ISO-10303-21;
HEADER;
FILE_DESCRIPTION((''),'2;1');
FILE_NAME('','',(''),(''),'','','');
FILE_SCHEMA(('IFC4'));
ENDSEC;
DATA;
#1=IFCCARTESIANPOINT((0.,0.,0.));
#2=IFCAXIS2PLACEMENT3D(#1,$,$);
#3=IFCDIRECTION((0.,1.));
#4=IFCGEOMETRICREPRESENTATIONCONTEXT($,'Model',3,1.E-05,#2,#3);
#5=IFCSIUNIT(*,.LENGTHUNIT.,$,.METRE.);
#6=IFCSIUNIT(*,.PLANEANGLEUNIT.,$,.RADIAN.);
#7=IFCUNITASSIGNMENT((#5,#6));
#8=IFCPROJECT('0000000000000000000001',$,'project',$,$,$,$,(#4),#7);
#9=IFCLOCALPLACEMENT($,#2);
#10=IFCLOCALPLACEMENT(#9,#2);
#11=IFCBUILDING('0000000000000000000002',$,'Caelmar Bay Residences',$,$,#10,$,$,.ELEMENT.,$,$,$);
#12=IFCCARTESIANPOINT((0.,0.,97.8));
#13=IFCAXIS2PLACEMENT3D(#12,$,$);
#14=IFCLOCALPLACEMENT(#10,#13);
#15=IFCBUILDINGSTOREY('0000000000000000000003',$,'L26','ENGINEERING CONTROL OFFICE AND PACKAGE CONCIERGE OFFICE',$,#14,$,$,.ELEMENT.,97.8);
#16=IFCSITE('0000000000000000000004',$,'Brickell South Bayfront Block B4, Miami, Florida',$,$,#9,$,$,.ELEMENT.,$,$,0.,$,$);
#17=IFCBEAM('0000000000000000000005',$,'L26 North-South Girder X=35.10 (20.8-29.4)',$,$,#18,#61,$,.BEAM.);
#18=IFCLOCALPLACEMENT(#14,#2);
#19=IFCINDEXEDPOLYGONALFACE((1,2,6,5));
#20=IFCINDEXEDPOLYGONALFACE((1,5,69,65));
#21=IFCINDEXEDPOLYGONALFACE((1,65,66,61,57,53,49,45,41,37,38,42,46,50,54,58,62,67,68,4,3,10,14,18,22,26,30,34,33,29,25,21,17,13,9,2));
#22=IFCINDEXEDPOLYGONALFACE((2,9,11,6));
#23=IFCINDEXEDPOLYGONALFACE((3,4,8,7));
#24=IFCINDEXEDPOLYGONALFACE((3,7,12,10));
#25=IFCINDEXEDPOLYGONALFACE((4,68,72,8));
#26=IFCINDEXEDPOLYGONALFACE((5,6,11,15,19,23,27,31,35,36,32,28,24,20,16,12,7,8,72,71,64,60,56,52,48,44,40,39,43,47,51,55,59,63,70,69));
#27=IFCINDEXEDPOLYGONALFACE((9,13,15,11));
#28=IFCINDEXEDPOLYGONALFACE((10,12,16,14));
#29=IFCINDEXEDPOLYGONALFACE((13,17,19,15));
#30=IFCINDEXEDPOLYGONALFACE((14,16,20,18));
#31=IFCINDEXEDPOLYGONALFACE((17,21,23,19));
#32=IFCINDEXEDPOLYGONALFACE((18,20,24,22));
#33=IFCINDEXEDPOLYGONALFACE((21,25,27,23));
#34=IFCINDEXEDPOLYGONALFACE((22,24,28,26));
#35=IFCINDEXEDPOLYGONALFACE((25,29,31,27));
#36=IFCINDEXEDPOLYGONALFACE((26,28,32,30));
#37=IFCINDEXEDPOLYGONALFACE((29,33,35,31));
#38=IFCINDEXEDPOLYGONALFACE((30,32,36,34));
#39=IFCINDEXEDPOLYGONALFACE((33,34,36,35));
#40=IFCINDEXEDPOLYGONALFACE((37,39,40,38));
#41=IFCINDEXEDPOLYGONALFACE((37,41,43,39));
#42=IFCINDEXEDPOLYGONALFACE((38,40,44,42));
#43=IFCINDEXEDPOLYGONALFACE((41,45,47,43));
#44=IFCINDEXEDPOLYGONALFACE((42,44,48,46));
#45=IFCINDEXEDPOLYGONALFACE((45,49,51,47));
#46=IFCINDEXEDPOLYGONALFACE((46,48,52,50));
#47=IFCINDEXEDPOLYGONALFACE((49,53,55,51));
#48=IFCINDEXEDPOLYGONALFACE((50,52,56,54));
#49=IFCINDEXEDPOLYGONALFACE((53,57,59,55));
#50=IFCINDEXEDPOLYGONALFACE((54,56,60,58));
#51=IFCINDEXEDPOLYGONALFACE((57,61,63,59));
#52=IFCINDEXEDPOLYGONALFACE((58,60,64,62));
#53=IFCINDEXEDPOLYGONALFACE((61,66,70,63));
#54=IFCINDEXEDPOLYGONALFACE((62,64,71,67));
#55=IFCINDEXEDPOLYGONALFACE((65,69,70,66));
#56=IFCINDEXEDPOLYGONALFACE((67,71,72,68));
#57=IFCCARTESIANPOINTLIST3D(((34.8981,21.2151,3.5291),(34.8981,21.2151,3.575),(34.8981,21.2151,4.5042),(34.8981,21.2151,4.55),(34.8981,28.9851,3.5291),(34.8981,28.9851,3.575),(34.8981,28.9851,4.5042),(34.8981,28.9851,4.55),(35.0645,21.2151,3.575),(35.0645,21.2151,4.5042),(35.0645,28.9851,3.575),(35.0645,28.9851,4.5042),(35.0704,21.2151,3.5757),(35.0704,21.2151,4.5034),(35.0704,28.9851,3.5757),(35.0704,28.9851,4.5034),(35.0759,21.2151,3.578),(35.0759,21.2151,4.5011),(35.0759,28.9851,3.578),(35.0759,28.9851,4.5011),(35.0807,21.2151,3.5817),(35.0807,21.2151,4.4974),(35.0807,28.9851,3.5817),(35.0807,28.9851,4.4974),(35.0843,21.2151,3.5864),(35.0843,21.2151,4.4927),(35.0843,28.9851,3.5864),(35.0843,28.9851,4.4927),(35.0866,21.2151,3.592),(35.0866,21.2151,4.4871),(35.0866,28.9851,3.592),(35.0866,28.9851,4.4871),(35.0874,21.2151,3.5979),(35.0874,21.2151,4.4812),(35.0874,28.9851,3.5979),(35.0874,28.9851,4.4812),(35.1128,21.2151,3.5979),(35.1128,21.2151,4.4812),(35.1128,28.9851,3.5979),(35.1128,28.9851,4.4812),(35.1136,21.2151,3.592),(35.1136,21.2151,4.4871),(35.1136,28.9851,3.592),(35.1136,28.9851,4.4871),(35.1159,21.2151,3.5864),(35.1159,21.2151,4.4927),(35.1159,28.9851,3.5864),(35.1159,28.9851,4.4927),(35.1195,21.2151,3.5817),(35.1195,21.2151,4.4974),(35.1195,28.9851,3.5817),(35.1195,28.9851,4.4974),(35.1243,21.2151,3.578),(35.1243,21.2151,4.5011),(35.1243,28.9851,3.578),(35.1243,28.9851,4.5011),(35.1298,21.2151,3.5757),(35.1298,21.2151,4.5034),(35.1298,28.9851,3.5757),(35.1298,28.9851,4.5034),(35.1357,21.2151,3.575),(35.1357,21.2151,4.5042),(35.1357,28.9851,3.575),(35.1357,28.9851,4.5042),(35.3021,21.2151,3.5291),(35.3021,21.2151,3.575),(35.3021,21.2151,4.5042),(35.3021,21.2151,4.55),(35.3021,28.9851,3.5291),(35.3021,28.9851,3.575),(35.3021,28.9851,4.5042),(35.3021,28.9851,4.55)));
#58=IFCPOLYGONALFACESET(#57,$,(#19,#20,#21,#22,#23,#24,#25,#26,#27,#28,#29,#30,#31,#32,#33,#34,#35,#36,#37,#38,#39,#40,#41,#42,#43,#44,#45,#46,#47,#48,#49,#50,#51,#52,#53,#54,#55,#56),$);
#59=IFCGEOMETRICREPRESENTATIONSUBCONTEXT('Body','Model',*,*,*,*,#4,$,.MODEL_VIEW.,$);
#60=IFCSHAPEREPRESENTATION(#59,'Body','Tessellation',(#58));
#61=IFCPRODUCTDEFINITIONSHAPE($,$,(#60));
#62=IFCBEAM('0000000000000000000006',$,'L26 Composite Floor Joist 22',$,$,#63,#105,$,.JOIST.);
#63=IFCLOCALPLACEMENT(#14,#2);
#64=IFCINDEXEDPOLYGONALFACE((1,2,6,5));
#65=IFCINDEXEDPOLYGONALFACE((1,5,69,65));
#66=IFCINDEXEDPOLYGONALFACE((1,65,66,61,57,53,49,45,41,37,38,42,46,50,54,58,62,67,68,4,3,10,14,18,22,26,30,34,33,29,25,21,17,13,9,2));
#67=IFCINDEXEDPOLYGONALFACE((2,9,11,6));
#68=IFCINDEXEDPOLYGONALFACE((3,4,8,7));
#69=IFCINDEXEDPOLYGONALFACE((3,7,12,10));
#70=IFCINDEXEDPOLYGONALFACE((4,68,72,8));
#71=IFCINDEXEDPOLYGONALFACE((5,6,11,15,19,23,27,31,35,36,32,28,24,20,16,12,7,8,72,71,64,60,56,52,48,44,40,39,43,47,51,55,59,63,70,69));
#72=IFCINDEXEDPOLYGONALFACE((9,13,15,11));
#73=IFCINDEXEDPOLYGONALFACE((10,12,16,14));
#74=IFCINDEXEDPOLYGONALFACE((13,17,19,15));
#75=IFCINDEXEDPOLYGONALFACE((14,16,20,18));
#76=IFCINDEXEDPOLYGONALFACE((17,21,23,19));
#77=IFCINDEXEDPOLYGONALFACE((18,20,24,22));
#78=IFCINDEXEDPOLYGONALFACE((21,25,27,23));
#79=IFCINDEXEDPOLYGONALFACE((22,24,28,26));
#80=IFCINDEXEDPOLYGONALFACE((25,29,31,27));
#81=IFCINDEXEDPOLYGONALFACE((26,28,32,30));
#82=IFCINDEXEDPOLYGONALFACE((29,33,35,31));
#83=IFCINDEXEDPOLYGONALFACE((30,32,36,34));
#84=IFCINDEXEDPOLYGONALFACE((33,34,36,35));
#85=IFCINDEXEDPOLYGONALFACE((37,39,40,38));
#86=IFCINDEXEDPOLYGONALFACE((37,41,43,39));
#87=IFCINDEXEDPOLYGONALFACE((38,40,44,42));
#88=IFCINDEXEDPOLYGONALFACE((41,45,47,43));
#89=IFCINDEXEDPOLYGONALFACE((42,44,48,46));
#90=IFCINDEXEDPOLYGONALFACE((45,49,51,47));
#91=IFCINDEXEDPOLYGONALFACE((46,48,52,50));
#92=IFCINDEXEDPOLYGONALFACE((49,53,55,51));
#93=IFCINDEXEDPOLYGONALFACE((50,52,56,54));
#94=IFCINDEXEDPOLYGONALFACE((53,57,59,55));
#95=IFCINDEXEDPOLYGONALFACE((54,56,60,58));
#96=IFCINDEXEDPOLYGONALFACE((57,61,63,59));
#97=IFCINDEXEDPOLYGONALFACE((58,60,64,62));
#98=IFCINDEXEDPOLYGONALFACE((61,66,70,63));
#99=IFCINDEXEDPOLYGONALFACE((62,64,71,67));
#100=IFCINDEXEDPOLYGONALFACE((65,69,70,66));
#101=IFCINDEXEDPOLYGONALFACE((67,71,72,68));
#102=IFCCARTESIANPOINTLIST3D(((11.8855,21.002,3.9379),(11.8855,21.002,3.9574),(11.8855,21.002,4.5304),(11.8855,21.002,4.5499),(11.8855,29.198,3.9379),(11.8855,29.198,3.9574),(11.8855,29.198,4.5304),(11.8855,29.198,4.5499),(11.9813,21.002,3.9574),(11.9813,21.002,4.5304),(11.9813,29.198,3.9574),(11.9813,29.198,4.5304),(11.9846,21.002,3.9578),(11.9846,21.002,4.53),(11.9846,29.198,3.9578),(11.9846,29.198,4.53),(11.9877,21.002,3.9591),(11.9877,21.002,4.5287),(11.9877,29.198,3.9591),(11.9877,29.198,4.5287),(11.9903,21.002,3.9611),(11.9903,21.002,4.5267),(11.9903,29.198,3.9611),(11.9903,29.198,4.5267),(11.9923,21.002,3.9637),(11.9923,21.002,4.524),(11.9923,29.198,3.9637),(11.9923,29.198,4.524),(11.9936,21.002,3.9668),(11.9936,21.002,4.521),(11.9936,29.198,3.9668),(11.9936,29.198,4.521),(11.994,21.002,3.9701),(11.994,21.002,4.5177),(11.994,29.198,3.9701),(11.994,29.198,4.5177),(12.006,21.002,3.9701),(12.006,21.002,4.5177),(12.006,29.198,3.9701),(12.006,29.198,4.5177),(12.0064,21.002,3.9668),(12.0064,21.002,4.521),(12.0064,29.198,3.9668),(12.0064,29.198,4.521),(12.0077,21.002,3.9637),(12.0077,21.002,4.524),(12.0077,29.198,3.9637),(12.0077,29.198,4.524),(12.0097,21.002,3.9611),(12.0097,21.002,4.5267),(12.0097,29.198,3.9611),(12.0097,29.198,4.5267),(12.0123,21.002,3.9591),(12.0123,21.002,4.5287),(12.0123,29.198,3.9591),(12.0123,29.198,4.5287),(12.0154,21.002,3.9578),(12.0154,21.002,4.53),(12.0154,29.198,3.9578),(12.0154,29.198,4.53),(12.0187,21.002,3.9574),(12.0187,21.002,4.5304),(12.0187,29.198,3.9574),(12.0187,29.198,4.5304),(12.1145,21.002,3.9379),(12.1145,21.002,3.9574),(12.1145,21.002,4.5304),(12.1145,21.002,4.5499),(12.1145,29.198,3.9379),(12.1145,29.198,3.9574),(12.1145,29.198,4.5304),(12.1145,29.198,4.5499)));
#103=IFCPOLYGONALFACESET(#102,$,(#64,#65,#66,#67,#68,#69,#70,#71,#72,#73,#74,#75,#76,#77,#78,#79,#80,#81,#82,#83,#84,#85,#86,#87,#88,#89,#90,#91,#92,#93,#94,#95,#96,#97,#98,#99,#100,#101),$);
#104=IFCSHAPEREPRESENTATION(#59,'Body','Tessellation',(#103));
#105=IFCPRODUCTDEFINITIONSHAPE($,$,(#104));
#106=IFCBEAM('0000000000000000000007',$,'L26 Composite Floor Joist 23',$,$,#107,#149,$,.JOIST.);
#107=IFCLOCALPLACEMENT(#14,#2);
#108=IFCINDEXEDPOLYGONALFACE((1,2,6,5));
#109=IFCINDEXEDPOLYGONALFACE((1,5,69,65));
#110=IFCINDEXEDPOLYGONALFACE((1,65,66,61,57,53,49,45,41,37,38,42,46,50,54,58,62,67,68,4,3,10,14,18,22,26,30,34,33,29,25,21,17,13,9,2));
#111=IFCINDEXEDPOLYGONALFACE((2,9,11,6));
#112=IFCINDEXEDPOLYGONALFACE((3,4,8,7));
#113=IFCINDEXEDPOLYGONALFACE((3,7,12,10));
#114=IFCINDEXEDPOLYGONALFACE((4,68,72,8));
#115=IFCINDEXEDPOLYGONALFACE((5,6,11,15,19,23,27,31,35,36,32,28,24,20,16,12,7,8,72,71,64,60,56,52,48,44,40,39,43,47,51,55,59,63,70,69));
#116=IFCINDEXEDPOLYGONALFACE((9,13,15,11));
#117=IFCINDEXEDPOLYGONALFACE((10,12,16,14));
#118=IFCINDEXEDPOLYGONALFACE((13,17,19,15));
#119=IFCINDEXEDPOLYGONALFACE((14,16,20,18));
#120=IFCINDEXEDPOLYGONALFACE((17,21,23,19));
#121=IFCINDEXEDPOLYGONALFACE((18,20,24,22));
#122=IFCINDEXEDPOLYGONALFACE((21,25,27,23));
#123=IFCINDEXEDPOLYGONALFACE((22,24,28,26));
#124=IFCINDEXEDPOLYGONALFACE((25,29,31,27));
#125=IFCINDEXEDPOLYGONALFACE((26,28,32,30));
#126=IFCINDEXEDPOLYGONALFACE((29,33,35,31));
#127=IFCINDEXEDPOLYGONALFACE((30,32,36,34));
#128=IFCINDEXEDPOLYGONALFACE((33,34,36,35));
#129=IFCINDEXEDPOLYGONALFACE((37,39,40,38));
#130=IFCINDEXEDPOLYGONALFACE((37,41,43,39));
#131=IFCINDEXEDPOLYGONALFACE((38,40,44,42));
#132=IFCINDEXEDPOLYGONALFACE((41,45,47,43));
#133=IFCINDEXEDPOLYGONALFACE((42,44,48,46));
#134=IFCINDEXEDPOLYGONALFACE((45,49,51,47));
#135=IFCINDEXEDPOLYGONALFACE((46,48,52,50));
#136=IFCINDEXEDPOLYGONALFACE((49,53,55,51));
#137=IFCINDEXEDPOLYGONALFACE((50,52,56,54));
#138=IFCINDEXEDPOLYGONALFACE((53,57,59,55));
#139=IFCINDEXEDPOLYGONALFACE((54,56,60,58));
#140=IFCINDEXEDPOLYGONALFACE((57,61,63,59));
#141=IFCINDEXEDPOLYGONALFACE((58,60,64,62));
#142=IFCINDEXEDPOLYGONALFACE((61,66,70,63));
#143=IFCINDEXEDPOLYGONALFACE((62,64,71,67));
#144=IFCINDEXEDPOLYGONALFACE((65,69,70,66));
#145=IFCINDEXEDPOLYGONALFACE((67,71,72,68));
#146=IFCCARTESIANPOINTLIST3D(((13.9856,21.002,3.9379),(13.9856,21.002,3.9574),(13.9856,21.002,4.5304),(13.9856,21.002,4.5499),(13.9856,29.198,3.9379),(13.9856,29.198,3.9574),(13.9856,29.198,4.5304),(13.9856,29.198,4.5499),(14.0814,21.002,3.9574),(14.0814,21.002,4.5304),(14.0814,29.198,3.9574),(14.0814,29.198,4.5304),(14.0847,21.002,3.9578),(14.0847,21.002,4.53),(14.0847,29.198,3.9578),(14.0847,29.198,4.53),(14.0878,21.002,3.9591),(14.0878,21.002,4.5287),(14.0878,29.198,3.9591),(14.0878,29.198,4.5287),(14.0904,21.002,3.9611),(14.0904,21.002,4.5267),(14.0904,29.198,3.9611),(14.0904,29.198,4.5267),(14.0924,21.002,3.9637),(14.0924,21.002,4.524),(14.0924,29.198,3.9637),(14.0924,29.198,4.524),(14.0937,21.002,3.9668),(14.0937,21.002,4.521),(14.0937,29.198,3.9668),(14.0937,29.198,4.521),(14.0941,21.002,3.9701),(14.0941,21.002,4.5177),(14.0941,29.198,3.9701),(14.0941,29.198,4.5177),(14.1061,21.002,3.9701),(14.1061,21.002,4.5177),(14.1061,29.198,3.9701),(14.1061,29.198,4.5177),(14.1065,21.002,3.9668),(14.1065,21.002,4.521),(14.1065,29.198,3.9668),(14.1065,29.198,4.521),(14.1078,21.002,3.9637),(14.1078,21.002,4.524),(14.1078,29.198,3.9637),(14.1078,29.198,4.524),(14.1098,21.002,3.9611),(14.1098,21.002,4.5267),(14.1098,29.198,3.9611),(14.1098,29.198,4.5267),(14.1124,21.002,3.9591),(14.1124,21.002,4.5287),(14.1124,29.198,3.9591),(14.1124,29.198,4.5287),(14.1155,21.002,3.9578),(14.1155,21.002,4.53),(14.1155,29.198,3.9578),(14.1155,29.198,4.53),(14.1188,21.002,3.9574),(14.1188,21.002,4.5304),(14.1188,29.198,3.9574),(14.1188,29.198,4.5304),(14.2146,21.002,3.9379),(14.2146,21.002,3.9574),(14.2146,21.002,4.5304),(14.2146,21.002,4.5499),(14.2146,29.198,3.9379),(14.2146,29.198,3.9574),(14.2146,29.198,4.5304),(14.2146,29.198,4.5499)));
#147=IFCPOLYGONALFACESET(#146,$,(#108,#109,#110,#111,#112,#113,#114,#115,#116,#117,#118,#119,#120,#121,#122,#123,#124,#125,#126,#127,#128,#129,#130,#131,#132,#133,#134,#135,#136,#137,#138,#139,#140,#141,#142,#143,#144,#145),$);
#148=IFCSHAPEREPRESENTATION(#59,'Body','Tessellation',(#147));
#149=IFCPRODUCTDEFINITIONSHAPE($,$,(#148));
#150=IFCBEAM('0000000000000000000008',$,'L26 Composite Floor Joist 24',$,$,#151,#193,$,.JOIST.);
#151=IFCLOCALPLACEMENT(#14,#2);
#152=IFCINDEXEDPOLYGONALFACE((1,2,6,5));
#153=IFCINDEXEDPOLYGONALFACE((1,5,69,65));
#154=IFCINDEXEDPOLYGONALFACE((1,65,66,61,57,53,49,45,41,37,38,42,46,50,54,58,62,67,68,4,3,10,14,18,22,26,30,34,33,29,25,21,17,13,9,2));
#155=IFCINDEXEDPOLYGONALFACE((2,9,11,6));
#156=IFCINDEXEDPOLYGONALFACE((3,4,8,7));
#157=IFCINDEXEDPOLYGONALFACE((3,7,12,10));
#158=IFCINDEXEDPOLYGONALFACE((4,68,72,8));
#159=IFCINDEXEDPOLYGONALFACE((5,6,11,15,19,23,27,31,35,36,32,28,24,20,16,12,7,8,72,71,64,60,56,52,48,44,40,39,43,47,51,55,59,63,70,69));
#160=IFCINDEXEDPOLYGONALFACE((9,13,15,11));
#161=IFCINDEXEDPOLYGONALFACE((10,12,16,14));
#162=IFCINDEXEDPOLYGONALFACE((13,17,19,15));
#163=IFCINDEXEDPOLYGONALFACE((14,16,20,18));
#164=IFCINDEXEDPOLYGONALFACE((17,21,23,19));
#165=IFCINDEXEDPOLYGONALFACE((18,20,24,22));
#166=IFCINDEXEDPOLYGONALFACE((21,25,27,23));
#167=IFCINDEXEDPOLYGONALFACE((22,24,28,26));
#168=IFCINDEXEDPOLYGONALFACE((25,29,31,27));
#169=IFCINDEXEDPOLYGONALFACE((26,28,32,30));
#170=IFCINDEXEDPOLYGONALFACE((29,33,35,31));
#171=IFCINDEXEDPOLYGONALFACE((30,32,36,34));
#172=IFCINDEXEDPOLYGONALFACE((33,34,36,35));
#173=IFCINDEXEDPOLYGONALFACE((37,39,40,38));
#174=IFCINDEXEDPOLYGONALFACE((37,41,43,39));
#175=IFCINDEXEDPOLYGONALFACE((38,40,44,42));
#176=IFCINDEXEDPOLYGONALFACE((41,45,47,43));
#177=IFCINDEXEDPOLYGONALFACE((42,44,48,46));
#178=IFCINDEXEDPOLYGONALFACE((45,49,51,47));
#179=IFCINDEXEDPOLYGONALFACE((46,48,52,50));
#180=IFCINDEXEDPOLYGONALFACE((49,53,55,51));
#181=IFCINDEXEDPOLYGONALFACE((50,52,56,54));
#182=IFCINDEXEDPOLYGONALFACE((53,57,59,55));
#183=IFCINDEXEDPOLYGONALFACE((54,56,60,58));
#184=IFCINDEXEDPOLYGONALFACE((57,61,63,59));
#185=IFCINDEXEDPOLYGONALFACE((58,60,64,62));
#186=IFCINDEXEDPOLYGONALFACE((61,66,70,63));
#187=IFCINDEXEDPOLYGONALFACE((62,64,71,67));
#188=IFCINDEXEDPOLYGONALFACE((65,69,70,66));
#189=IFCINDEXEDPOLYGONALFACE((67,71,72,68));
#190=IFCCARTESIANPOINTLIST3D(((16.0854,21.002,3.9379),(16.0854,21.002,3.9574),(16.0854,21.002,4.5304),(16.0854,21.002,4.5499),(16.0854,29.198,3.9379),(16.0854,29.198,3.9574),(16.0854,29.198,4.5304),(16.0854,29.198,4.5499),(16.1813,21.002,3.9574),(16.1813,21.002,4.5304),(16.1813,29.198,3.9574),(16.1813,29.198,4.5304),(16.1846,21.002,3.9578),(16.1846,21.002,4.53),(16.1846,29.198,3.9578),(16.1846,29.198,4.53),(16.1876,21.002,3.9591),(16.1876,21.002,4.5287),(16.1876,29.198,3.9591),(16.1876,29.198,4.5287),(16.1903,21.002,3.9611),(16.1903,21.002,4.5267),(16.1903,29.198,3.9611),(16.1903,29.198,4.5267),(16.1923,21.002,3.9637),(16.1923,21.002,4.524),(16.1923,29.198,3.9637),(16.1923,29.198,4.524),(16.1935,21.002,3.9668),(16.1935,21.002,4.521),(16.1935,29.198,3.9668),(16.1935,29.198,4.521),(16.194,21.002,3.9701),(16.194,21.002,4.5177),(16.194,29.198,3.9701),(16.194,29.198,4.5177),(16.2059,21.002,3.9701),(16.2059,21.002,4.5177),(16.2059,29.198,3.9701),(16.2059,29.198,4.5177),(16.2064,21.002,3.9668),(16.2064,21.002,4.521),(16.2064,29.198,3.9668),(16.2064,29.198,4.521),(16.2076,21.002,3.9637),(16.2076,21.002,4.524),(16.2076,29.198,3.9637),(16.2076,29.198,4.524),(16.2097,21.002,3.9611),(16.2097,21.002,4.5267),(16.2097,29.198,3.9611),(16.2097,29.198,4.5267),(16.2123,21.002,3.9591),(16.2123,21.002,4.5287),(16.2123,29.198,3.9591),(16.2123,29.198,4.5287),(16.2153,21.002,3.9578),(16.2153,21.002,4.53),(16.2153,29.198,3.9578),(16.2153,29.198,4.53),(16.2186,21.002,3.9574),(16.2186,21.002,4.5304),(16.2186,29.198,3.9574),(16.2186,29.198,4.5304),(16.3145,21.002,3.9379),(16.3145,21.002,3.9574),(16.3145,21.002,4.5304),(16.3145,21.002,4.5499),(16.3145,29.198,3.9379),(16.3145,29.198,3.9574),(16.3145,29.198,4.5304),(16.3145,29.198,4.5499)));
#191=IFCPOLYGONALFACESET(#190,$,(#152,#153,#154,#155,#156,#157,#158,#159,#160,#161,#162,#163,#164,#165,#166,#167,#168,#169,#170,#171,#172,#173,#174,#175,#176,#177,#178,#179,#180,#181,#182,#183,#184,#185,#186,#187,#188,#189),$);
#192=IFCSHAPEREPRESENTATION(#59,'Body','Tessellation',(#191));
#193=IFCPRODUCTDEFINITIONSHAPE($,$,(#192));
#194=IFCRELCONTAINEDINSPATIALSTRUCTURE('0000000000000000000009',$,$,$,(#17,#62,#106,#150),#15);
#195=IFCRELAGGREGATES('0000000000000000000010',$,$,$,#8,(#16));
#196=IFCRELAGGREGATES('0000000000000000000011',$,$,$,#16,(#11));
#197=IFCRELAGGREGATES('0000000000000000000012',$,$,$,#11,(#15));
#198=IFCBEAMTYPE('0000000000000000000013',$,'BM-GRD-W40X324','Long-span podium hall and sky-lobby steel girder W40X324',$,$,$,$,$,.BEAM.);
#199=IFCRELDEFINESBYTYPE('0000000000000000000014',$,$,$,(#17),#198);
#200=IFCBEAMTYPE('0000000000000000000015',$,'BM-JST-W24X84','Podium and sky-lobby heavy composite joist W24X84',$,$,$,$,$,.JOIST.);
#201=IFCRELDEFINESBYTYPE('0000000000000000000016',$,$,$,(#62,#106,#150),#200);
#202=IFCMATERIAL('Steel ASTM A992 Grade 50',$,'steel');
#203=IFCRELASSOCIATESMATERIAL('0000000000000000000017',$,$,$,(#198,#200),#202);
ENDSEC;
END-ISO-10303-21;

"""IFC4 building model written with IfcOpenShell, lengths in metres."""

from ifc_helpers import new_model, si_unit, direction, frame, origin, origin_2d, place, context, subcontext, project, spatial, i_section, extrude, material, material_profile, profile_set, type_object, element, save


model = new_model("IFC4")

# Units and contexts
model_context = context("Model", 3, precision=1e-05, world=origin(), true_north=direction((0.0, 1.0)))
body_context = subcontext(model_context, "Body", "Model", "MODEL_VIEW")
ifc_project = project(units=[si_unit("LENGTHUNIT", "METRE"), si_unit("PLANEANGLEUNIT", "RADIAN")], contexts=[model_context])

# Site, building, storey
site_placement = place(None, origin())
site = spatial("IfcSite", under=ifc_project, at=site_placement, Name="Brickell South Bayfront Block B4, Miami, Florida", CompositionType="ELEMENT", RefElevation=0.0)
building_placement = place(site_placement, origin())
building = spatial("IfcBuilding", under=site, at=building_placement, Name="Caelmar Bay Residences", CompositionType="ELEMENT")
storey_placement = place(building_placement, frame((0.0, 0.0, 97.8)))
storey = spatial("IfcBuildingStorey", under=building, at=storey_placement, Name="L26", Description="ENGINEERING CONTROL OFFICE AND PACKAGE CONCIERGE OFFICE", CompositionType="ELEMENT", Elevation=97.8)

# Beams
ifc_material_1 = material(Name="Steel ASTM A992 Grade 50", Category="steel")
ifc_material_profile_1 = material_profile(ifc_material_1, i_section(OverallWidth=0.4041, OverallDepth=1.021, WebThickness=0.0254, FlangeThickness=0.0459, FilletRadius=0.0229, at=origin_2d()), Name="W40X324")
ifc_profile_set_1 = profile_set([ifc_material_profile_1], Name="Steel ASTM A992 Grade 50")
beam_type_1 = type_object("IfcBeamType", Name="BM-GRD-W40X324", Description="Long-span podium hall and sky-lobby steel girder W40X324", PredefinedType="BEAM", material=ifc_profile_set_1)
for number, where, z_axis, x_axis, name in (
    (1, (35.1001, 21.2151, 4.0396), (0.0, 1.0, 0.0), (-1.0, 0.0, 0.0), "L26 North-South Girder X=35.10 (20.8-29.4)"),
):
    element("IfcBeam", number, at=place(storey_placement, frame(where, z_axis=z_axis, x_axis=x_axis)), inside=storey, type_object=beam_type_1, Name=name, PredefinedType="BEAM", context=body_context, shape_type="SweptSolid", body=[
        extrude(i_section(OverallWidth=0.4041, OverallDepth=1.021, WebThickness=0.0254, FlangeThickness=0.0459, FilletRadius=0.0229, at=origin_2d()), origin(), (0.0, 0.0, 1.0), 7.77),
    ])
ifc_material_profile_2 = material_profile(ifc_material_1, i_section(OverallWidth=0.229, OverallDepth=0.6121, WebThickness=0.012, FlangeThickness=0.0195, FilletRadius=0.0127, at=origin_2d()), Name="W24X84")
ifc_profile_set_2 = profile_set([ifc_material_profile_2], Name="Steel ASTM A992 Grade 50")
beam_type_2 = type_object("IfcBeamType", Name="BM-JST-W24X84", Description="Podium and sky-lobby heavy composite joist W24X84", PredefinedType="JOIST", material=ifc_profile_set_2)
for number, where, z_axis, x_axis, name in (
    (2, (12.0, 21.002, 4.2439), (0.0, 1.0, 0.0), (-1.0, 0.0, 0.0), "L26 Composite Floor Joist 22"),
    (3, (14.1001, 21.002, 4.2439), (0.0, 1.0, 0.0), (-1.0, 0.0, 0.0), "L26 Composite Floor Joist 23"),
    (4, (16.2, 21.002, 4.2439), (0.0, 1.0, 0.0), (-1.0, 0.0, 0.0), "L26 Composite Floor Joist 24"),
):
    element("IfcBeam", number, at=place(storey_placement, frame(where, z_axis=z_axis, x_axis=x_axis)), inside=storey, type_object=beam_type_2, Name=name, PredefinedType="JOIST", context=body_context, shape_type="SweptSolid", body=[
        extrude(i_section(OverallWidth=0.229, OverallDepth=0.6121, WebThickness=0.012, FlangeThickness=0.0195, FilletRadius=0.0127, at=origin_2d()), origin(), (0.0, 0.0, 1.0), 8.196),
    ])

save(model, "model.ifc")
